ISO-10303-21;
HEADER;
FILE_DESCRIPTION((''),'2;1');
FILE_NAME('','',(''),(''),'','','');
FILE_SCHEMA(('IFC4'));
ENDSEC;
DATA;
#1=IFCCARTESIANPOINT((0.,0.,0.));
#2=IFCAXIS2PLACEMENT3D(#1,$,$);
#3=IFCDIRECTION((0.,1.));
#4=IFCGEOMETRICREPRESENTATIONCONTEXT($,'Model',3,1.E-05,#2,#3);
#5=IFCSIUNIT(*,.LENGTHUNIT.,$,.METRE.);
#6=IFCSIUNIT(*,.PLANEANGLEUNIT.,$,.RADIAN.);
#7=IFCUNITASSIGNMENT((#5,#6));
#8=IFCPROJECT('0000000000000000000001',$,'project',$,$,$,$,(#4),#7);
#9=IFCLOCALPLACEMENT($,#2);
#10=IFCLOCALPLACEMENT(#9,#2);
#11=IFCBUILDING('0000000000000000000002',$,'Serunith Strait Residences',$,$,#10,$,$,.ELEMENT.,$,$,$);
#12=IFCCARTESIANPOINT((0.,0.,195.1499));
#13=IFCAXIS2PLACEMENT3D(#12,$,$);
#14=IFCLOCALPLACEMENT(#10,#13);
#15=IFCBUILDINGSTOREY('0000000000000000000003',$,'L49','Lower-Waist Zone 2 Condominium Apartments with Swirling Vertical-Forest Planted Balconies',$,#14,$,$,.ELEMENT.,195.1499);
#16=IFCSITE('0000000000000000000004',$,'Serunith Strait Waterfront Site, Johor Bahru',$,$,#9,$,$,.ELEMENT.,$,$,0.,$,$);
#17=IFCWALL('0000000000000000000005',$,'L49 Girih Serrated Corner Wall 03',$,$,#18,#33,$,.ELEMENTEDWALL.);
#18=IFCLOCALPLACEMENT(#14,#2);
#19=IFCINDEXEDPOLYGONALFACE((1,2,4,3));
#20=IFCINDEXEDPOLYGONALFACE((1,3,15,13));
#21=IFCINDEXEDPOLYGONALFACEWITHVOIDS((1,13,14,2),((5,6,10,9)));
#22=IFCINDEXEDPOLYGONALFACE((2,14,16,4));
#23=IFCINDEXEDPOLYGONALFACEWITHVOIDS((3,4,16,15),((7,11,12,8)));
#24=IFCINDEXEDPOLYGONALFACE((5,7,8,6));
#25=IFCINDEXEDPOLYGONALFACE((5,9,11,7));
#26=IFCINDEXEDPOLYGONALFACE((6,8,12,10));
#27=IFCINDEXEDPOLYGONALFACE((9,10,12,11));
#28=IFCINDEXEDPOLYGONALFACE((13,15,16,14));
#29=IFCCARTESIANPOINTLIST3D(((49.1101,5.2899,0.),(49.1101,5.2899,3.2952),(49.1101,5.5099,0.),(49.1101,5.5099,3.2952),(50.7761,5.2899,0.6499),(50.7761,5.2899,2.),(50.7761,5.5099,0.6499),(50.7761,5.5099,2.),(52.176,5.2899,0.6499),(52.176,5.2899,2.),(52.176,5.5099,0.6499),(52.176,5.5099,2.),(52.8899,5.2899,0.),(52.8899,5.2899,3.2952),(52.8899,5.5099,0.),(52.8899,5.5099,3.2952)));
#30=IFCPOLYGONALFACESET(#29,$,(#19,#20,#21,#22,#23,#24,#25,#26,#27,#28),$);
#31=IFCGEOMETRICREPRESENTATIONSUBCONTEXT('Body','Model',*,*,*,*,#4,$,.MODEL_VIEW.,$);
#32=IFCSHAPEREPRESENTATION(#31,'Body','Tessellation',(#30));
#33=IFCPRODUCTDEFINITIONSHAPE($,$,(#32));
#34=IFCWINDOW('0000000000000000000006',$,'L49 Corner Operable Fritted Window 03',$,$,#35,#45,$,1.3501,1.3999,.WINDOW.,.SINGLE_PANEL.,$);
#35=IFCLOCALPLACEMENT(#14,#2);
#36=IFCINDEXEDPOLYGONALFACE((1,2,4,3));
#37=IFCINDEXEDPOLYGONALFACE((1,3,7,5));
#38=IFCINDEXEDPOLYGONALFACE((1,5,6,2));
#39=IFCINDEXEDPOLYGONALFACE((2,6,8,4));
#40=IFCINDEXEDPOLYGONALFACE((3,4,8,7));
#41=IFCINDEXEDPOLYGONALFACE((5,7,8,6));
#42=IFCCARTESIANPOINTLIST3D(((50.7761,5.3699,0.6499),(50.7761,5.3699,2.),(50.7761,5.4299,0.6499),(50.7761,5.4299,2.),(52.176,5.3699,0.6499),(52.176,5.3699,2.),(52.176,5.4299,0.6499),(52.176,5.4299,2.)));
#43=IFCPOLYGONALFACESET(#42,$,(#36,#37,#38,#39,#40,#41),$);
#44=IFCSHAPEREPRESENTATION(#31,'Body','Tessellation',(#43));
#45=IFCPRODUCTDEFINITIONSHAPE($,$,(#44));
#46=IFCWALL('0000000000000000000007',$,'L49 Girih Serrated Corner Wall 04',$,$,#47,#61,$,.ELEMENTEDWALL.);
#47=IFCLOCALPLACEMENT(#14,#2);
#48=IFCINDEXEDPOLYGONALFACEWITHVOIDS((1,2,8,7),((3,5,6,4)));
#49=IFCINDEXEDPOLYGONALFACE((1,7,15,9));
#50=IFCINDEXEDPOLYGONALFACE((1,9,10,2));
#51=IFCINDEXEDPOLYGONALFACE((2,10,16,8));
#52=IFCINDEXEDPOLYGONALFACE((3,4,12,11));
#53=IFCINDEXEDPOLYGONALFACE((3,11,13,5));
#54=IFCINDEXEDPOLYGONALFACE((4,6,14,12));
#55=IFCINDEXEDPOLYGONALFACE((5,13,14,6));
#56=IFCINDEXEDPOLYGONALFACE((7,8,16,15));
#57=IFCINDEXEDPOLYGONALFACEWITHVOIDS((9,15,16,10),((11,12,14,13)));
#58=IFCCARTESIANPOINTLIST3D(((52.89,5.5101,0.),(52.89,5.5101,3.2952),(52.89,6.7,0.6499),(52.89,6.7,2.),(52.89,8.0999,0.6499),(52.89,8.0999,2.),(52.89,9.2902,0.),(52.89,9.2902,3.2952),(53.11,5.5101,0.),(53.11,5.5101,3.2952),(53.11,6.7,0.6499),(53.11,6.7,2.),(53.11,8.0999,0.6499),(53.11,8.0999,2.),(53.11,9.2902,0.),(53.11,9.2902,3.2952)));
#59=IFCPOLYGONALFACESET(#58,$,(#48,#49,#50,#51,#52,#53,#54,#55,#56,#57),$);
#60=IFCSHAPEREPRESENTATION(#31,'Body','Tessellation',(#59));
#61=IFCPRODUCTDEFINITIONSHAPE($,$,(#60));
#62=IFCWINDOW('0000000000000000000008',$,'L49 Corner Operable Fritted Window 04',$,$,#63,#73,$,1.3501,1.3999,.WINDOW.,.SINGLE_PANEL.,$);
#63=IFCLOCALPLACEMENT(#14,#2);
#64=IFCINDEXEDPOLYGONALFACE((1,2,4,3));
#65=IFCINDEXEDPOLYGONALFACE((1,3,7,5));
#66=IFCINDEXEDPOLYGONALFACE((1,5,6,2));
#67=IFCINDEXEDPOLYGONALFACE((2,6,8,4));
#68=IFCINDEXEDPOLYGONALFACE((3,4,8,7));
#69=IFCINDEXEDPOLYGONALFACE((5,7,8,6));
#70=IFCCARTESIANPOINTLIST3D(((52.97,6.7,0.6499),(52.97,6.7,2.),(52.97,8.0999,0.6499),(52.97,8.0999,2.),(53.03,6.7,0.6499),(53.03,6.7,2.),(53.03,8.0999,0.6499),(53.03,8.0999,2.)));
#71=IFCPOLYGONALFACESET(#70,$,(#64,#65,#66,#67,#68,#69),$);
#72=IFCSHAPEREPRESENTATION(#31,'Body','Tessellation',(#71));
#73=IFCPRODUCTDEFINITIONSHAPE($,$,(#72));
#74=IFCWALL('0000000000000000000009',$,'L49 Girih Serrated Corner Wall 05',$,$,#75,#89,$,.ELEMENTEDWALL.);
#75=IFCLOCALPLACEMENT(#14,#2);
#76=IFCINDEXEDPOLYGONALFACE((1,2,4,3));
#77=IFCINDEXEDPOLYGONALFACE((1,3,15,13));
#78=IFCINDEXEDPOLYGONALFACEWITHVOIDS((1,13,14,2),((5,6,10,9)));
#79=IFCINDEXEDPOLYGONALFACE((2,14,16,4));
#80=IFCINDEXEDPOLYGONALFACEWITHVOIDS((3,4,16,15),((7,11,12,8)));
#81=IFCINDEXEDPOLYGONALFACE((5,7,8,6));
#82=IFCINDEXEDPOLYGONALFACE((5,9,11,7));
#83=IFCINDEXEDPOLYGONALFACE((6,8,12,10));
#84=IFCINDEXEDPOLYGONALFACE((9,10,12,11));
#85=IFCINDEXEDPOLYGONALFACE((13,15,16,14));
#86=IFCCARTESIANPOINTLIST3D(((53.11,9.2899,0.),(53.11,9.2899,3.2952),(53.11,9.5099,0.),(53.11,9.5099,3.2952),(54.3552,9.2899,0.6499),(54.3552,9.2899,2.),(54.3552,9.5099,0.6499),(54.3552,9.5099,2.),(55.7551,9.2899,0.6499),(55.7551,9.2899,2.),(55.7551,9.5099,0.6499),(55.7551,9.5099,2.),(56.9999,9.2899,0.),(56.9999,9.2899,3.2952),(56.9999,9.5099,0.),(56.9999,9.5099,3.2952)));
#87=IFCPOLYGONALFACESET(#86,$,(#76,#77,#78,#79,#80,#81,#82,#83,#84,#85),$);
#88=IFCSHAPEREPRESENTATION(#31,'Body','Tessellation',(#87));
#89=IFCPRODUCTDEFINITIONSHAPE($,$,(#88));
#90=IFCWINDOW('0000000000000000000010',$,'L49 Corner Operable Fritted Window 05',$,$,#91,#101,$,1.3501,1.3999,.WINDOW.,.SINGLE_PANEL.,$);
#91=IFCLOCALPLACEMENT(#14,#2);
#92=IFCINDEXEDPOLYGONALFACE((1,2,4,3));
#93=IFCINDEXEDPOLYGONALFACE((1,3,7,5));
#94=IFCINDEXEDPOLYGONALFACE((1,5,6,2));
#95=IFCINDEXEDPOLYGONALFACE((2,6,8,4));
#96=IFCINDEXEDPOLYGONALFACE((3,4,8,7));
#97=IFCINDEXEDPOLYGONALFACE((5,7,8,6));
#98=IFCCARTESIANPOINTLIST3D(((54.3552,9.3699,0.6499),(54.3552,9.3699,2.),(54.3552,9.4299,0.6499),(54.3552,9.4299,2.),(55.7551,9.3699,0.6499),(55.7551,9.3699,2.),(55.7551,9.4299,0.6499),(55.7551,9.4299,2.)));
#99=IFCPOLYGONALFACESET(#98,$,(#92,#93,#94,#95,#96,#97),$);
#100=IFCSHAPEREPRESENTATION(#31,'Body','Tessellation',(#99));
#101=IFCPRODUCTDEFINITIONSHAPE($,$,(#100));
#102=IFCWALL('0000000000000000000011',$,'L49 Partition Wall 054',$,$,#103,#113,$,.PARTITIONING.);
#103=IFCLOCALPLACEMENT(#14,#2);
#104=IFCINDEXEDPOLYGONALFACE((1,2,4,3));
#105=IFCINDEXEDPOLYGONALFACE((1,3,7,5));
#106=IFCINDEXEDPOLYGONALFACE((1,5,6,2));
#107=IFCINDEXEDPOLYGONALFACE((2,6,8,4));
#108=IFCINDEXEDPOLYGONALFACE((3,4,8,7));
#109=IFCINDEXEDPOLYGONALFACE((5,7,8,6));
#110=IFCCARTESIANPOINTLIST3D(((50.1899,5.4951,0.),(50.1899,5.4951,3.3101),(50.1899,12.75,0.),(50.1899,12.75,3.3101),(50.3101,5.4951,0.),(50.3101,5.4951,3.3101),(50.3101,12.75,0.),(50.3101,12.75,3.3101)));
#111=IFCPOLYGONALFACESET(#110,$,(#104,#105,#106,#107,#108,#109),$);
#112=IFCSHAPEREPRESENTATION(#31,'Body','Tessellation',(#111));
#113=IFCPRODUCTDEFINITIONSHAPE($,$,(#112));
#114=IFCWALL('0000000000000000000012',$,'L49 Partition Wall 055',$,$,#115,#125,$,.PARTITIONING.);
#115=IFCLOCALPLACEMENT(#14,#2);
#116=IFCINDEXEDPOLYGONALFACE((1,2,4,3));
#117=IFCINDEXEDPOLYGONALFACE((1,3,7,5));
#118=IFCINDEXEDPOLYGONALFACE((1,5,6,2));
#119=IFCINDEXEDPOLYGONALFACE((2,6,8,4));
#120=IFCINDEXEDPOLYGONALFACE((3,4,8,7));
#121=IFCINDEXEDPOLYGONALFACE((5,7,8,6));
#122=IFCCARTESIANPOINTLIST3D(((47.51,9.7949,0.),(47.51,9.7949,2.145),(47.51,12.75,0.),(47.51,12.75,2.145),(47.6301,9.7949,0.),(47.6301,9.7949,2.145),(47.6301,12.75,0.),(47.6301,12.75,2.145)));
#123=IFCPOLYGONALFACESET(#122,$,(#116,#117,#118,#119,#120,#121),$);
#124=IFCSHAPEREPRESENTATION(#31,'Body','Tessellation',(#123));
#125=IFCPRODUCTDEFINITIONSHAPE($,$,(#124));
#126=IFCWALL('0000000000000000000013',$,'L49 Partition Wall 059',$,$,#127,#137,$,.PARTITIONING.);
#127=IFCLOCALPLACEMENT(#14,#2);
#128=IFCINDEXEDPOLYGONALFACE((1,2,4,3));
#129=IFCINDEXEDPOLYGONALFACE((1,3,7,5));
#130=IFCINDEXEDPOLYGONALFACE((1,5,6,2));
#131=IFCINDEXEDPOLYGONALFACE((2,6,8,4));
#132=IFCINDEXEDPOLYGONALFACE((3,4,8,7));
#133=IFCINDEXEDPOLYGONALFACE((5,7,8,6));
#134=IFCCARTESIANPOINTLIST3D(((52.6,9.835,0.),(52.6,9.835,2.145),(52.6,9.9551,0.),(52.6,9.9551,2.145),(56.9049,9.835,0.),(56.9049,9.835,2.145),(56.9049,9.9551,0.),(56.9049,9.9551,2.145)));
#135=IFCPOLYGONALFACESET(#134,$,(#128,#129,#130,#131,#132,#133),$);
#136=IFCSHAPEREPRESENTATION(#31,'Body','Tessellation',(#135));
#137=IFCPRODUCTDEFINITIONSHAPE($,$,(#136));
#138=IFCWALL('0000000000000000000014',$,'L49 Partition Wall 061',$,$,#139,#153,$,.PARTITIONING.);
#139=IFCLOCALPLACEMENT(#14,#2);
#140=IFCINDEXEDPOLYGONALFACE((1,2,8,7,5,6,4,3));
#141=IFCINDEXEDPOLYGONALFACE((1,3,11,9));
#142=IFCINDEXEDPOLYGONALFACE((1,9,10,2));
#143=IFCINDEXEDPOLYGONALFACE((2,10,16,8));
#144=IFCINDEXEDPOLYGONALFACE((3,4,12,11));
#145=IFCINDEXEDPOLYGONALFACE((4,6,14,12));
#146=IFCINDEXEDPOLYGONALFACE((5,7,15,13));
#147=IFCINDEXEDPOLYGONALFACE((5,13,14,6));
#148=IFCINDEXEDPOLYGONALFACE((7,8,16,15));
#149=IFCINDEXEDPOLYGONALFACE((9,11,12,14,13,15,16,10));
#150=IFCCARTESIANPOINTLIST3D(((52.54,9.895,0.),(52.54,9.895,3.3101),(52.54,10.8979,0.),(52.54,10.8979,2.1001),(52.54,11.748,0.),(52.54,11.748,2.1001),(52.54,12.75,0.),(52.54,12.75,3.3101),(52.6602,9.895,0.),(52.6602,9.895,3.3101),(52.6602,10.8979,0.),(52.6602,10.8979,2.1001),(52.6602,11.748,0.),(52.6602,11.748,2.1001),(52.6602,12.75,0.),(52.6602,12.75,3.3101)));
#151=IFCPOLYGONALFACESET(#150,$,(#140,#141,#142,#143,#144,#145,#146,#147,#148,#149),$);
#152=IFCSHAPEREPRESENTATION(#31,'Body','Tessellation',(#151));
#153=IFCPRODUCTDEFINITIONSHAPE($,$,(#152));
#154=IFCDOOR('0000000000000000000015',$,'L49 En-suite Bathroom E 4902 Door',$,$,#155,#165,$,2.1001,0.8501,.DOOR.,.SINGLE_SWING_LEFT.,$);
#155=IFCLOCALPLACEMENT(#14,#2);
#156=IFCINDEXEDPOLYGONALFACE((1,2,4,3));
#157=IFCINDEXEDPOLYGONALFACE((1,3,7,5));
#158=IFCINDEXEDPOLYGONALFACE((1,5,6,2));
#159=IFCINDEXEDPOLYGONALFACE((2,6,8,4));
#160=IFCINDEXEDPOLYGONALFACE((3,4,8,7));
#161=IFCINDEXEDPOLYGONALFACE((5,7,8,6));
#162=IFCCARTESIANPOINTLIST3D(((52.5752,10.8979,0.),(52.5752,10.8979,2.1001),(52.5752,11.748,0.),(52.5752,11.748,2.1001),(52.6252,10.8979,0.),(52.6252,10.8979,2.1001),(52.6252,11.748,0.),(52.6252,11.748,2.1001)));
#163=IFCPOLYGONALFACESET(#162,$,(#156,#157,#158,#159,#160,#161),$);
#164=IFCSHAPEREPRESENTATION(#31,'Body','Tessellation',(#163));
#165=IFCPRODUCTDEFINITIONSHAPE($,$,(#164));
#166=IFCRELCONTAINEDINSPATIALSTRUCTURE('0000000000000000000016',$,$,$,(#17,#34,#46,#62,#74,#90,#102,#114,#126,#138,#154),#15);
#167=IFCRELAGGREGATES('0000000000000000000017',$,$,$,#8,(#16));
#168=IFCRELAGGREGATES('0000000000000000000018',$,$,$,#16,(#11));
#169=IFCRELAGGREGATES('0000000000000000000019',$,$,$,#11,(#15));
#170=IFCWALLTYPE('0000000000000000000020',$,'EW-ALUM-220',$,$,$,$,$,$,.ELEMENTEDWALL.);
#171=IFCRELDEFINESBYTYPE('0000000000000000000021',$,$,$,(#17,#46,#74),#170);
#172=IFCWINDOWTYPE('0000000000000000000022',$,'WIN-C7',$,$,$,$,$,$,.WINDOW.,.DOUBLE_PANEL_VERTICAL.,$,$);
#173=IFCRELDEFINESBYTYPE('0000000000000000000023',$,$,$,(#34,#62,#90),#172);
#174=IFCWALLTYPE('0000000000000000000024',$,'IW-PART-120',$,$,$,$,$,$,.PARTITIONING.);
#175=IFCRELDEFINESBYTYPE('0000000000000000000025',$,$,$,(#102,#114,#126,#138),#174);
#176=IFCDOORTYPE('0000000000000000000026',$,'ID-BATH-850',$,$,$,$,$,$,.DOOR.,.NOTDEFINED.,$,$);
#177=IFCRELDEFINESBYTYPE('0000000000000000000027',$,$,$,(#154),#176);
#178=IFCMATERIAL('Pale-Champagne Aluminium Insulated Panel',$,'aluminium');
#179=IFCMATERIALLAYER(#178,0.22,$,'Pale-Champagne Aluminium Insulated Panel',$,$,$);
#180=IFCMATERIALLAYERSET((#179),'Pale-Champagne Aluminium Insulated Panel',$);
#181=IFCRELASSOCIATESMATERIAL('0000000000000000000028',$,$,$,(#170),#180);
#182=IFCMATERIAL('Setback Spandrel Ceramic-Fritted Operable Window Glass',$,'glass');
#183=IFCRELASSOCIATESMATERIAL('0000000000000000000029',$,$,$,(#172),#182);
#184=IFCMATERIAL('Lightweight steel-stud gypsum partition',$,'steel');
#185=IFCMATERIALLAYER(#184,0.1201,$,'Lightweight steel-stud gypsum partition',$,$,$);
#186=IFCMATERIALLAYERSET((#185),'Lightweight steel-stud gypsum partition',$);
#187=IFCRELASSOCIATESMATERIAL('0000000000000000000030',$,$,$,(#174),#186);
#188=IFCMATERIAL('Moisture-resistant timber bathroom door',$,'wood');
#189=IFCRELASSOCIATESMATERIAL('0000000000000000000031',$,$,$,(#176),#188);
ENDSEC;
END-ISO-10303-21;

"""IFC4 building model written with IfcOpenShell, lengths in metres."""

from ifc_helpers import new_model, si_unit, direction, frame, frame_2d, origin, place, context, subcontext, project, spatial, rectangle, extrude, source, transform, mapped, material, layer, layer_set, type_object, element, fill, save


model = new_model("IFC4")

# Units and contexts
model_context = context("Model", 3, precision=1e-05, world=origin(), true_north=direction((0.0, 1.0)))
body_context = subcontext(model_context, "Body", "Model", "MODEL_VIEW")
ifc_project = project(units=[si_unit("LENGTHUNIT", "METRE"), si_unit("PLANEANGLEUNIT", "RADIAN")], contexts=[model_context])

# Site, building, storey
site_placement = place(None, origin())
site = spatial("IfcSite", under=ifc_project, at=site_placement, Name="Serunith Strait Waterfront Site, Johor Bahru", CompositionType="ELEMENT", RefElevation=0.0)
building_placement = place(site_placement, origin())
building = spatial("IfcBuilding", under=site, at=building_placement, Name="Serunith Strait Residences", CompositionType="ELEMENT")
storey_placement = place(building_placement, frame((0.0, 0.0, 195.1499)))
storey = spatial("IfcBuildingStorey", under=building, at=storey_placement, Name="L49", Description="Lower-Waist Zone 2 Condominium Apartments with Swirling Vertical-Forest Planted Balconies", CompositionType="ELEMENT", Elevation=195.1499)

# Walls, openings, windows
ifc_material_1 = material(Name="Pale-Champagne Aluminium Insulated Panel", Category="aluminium")
ifc_layer_1 = layer(ifc_material_1, 0.22, Name="Pale-Champagne Aluminium Insulated Panel")
ifc_layer_set_1 = layer_set([ifc_layer_1], Name="Pale-Champagne Aluminium Insulated Panel")
wall_type_1 = type_object("IfcWallType", Name="EW-ALUM-220", PredefinedType="ELEMENTEDWALL", material=ifc_layer_set_1)
ifc_material_2 = material(Name="Setback Spandrel Ceramic-Fritted Operable Window Glass", Category="glass")
window_type = type_object("IfcWindowType", Name="WIN-C7", PartitioningType="DOUBLE_PANEL_VERTICAL", PredefinedType="WINDOW", material=ifc_material_2)
shared_shape_1 = source(origin(), body_context, "Body", "SweptSolid", [
    extrude(rectangle(XDim=1.3999, YDim=1.3501, at=frame_2d((0.7, 0.675))), frame((0.0, 0.03, 0.0), z_axis=(0.0, -1.0, 0.0), x_axis=(1.0, 0.0, 0.0)), (0.0, 0.0, 1.0), 0.0601),
])
wall_1_placement = place(storey_placement, frame((49.1101, 5.3999, 0.0), z_axis=(0.0, 0.0, 1.0), x_axis=(1.0, 0.0, 0.0)))
wall_1 = element("IfcWall", 1, at=wall_1_placement, inside=storey, type_object=wall_type_1, Name="L49 Girih Serrated Corner Wall 03", PredefinedType="ELEMENTEDWALL", context=body_context, shape_type="SweptSolid", body=[
    extrude(rectangle(XDim=3.7798, YDim=0.22, at=frame_2d((1.8899, 0.0))), origin(), (0.0, 0.0, 1.0), 3.2952),
])
opening_1_placement = place(wall_1_placement, frame((1.666, 0.0, 0.6499)))
opening_1 = element("IfcOpeningElement", 2, at=opening_1_placement, cuts=wall_1, PredefinedType="OPENING", context=body_context, shape_type="SweptSolid", body=[
    extrude(rectangle(XDim=1.3999, YDim=1.3501, at=frame_2d((0.7, 0.675))), frame((0.0, 0.1201, 0.0), z_axis=(0.0, -1.0, 0.0), x_axis=(1.0, 0.0, 0.0)), (0.0, 0.0, 1.0), 0.24),
])
window_1_placement = place(opening_1_placement, origin())
window_1 = element("IfcWindow", 3, at=window_1_placement, inside=storey, type_object=window_type, Name="L49 Corner Operable Fritted Window 03", OverallHeight=1.3501, OverallWidth=1.3999, PartitioningType="SINGLE_PANEL", PredefinedType="WINDOW", context=body_context, shape_type="MappedRepresentation", body=[
    mapped(shared_shape_1, transform((0.0, 0.0, 0.0), scale=1.0)),
])
fill(opening_1, window_1)
wall_2_placement = place(storey_placement, frame((53.0, 5.51, 0.0), z_axis=(0.0, 0.0, 1.0), x_axis=(0.0, 1.0, 0.0)))
wall_2 = element("IfcWall", 4, at=wall_2_placement, inside=storey, type_object=wall_type_1, Name="L49 Girih Serrated Corner Wall 04", PredefinedType="ELEMENTEDWALL", context=body_context, shape_type="SweptSolid", body=[
    extrude(rectangle(XDim=3.78, YDim=0.22, at=frame_2d((1.8901, 0.0))), origin(), (0.0, 0.0, 1.0), 3.2952),
])
opening_2_placement = place(wall_2_placement, frame((1.1899, 0.0, 0.6499)))
opening_2 = element("IfcOpeningElement", 5, at=opening_2_placement, cuts=wall_2, PredefinedType="OPENING", context=body_context, shape_type="SweptSolid", body=[
    extrude(rectangle(XDim=1.3999, YDim=1.3501, at=frame_2d((0.7, 0.675))), frame((0.0, 0.1201, 0.0), z_axis=(0.0, -1.0, 0.0), x_axis=(1.0, 0.0, 0.0)), (0.0, 0.0, 1.0), 0.24),
])
window_2_placement = place(opening_2_placement, origin())
window_2 = element("IfcWindow", 6, at=window_2_placement, inside=storey, type_object=window_type, Name="L49 Corner Operable Fritted Window 04", OverallHeight=1.3501, OverallWidth=1.3999, PartitioningType="SINGLE_PANEL", PredefinedType="WINDOW", context=body_context, shape_type="MappedRepresentation", body=[
    mapped(shared_shape_1, transform((0.0, 0.0, 0.0), scale=1.0)),
])
fill(opening_2, window_2)
wall_3_placement = place(storey_placement, frame((53.1101, 9.3999, 0.0), z_axis=(0.0, 0.0, 1.0), x_axis=(1.0, 0.0, 0.0)))
wall_3 = element("IfcWall", 7, at=wall_3_placement, inside=storey, type_object=wall_type_1, Name="L49 Girih Serrated Corner Wall 05", PredefinedType="ELEMENTEDWALL", context=body_context, shape_type="SweptSolid", body=[
    extrude(rectangle(XDim=3.8899, YDim=0.22, at=frame_2d((1.9448, 0.0))), origin(), (0.0, 0.0, 1.0), 3.2952),
])
opening_3_placement = place(wall_3_placement, frame((1.2451, 0.0, 0.6499)))
opening_3 = element("IfcOpeningElement", 8, at=opening_3_placement, cuts=wall_3, PredefinedType="OPENING", context=body_context, shape_type="SweptSolid", body=[
    extrude(rectangle(XDim=1.3999, YDim=1.3501, at=frame_2d((0.7, 0.675))), frame((0.0, 0.1201, 0.0), z_axis=(0.0, -1.0, 0.0), x_axis=(1.0, 0.0, 0.0)), (0.0, 0.0, 1.0), 0.24),
])
window_3_placement = place(opening_3_placement, origin())
window_3 = element("IfcWindow", 9, at=window_3_placement, inside=storey, type_object=window_type, Name="L49 Corner Operable Fritted Window 05", OverallHeight=1.3501, OverallWidth=1.3999, PartitioningType="SINGLE_PANEL", PredefinedType="WINDOW", context=body_context, shape_type="MappedRepresentation", body=[
    mapped(shared_shape_1, transform((0.0, 0.0, 0.0), scale=1.0)),
])
fill(opening_3, window_3)

# Walls
ifc_material_3 = material(Name="Lightweight steel-stud gypsum partition", Category="steel")
ifc_layer_2 = layer(ifc_material_3, 0.1201, Name="Lightweight steel-stud gypsum partition")
ifc_layer_set_2 = layer_set([ifc_layer_2], Name="Lightweight steel-stud gypsum partition")
wall_type_2 = type_object("IfcWallType", Name="IW-PART-120", PredefinedType="PARTITIONING", material=ifc_layer_set_2)
wall_4_placement = place(storey_placement, frame((50.25, 5.4951, 0.0), z_axis=(0.0, 0.0, 1.0), x_axis=(0.0, 1.0, 0.0)))
element("IfcWall", 10, at=wall_4_placement, inside=storey, type_object=wall_type_2, Name="L49 Partition Wall 054", PredefinedType="PARTITIONING", context=body_context, shape_type="SweptSolid", body=[
    extrude(rectangle(XDim=7.2549, YDim=0.1201, at=frame_2d((3.6274, 0.0))), origin(), (0.0, 0.0, 1.0), 3.3101),
])
wall_5_placement = place(storey_placement, frame((47.5701, 9.7949, 0.0), z_axis=(0.0, 0.0, 1.0), x_axis=(0.0, 1.0, 0.0)))
element("IfcWall", 11, at=wall_5_placement, inside=storey, type_object=wall_type_2, Name="L49 Partition Wall 055", PredefinedType="PARTITIONING", context=body_context, shape_type="SweptSolid", body=[
    extrude(rectangle(XDim=2.9551, YDim=0.1201, at=frame_2d((1.4775, 0.0))), origin(), (0.0, 0.0, 1.0), 2.145),
])
wall_6_placement = place(storey_placement, frame((52.6001, 9.895, 0.0), z_axis=(0.0, 0.0, 1.0), x_axis=(1.0, 0.0, 0.0)))
element("IfcWall", 12, at=wall_6_placement, inside=storey, type_object=wall_type_2, Name="L49 Partition Wall 059", PredefinedType="PARTITIONING", context=body_context, shape_type="SweptSolid", body=[
    extrude(rectangle(XDim=4.3049, YDim=0.1201, at=frame_2d((2.1523, 0.0))), origin(), (0.0, 0.0, 1.0), 2.145),
])

# Wall, opening, door
wall_7_placement = place(storey_placement, frame((52.6001, 9.895, 0.0), z_axis=(0.0, 0.0, 1.0), x_axis=(0.0, 1.0, 0.0)))
wall_7 = element("IfcWall", 13, at=wall_7_placement, inside=storey, type_object=wall_type_2, Name="L49 Partition Wall 061", PredefinedType="PARTITIONING", context=body_context, shape_type="SweptSolid", body=[
    extrude(rectangle(XDim=2.855, YDim=0.1201, at=frame_2d((1.4275, 0.0))), origin(), (0.0, 0.0, 1.0), 3.3101),
])
opening_4_placement = place(wall_7_placement, frame((1.0029, 0.0, 0.0)))
opening_4 = element("IfcOpeningElement", 14, at=opening_4_placement, cuts=wall_7, PredefinedType="OPENING", context=body_context, shape_type="SweptSolid", body=[
    extrude(rectangle(XDim=0.8501, YDim=2.1001, at=frame_2d((0.425, 1.05))), frame((0.0, 0.0701, 0.0), z_axis=(0.0, -1.0, 0.0), x_axis=(1.0, 0.0, 0.0)), (0.0, 0.0, 1.0), 0.1401),
])
ifc_material_4 = material(Name="Moisture-resistant timber bathroom door", Category="wood")
door_type = type_object("IfcDoorType", Name="ID-BATH-850", OperationType="NOTDEFINED", PredefinedType="DOOR", material=ifc_material_4)
shared_shape_2 = source(origin(), body_context, "Body", "SweptSolid", [
    extrude(rectangle(XDim=0.8501, YDim=2.1001, at=frame_2d((0.425, 1.05))), frame((0.0, 0.0249, 0.0), z_axis=(0.0, -1.0, 0.0), x_axis=(1.0, 0.0, 0.0)), (0.0, 0.0, 1.0), 0.05),
])
door_placement = place(opening_4_placement, origin())
door = element("IfcDoor", 15, at=door_placement, inside=storey, type_object=door_type, Name="L49 En-suite Bathroom E 4902 Door", OperationType="SINGLE_SWING_LEFT", OverallHeight=2.1001, OverallWidth=0.8501, PredefinedType="DOOR", context=body_context, shape_type="MappedRepresentation", body=[
    mapped(shared_shape_2, transform((0.0, 0.0, 0.0), scale=1.0)),
])
fill(opening_4, door)

save(model, "model.ifc")
